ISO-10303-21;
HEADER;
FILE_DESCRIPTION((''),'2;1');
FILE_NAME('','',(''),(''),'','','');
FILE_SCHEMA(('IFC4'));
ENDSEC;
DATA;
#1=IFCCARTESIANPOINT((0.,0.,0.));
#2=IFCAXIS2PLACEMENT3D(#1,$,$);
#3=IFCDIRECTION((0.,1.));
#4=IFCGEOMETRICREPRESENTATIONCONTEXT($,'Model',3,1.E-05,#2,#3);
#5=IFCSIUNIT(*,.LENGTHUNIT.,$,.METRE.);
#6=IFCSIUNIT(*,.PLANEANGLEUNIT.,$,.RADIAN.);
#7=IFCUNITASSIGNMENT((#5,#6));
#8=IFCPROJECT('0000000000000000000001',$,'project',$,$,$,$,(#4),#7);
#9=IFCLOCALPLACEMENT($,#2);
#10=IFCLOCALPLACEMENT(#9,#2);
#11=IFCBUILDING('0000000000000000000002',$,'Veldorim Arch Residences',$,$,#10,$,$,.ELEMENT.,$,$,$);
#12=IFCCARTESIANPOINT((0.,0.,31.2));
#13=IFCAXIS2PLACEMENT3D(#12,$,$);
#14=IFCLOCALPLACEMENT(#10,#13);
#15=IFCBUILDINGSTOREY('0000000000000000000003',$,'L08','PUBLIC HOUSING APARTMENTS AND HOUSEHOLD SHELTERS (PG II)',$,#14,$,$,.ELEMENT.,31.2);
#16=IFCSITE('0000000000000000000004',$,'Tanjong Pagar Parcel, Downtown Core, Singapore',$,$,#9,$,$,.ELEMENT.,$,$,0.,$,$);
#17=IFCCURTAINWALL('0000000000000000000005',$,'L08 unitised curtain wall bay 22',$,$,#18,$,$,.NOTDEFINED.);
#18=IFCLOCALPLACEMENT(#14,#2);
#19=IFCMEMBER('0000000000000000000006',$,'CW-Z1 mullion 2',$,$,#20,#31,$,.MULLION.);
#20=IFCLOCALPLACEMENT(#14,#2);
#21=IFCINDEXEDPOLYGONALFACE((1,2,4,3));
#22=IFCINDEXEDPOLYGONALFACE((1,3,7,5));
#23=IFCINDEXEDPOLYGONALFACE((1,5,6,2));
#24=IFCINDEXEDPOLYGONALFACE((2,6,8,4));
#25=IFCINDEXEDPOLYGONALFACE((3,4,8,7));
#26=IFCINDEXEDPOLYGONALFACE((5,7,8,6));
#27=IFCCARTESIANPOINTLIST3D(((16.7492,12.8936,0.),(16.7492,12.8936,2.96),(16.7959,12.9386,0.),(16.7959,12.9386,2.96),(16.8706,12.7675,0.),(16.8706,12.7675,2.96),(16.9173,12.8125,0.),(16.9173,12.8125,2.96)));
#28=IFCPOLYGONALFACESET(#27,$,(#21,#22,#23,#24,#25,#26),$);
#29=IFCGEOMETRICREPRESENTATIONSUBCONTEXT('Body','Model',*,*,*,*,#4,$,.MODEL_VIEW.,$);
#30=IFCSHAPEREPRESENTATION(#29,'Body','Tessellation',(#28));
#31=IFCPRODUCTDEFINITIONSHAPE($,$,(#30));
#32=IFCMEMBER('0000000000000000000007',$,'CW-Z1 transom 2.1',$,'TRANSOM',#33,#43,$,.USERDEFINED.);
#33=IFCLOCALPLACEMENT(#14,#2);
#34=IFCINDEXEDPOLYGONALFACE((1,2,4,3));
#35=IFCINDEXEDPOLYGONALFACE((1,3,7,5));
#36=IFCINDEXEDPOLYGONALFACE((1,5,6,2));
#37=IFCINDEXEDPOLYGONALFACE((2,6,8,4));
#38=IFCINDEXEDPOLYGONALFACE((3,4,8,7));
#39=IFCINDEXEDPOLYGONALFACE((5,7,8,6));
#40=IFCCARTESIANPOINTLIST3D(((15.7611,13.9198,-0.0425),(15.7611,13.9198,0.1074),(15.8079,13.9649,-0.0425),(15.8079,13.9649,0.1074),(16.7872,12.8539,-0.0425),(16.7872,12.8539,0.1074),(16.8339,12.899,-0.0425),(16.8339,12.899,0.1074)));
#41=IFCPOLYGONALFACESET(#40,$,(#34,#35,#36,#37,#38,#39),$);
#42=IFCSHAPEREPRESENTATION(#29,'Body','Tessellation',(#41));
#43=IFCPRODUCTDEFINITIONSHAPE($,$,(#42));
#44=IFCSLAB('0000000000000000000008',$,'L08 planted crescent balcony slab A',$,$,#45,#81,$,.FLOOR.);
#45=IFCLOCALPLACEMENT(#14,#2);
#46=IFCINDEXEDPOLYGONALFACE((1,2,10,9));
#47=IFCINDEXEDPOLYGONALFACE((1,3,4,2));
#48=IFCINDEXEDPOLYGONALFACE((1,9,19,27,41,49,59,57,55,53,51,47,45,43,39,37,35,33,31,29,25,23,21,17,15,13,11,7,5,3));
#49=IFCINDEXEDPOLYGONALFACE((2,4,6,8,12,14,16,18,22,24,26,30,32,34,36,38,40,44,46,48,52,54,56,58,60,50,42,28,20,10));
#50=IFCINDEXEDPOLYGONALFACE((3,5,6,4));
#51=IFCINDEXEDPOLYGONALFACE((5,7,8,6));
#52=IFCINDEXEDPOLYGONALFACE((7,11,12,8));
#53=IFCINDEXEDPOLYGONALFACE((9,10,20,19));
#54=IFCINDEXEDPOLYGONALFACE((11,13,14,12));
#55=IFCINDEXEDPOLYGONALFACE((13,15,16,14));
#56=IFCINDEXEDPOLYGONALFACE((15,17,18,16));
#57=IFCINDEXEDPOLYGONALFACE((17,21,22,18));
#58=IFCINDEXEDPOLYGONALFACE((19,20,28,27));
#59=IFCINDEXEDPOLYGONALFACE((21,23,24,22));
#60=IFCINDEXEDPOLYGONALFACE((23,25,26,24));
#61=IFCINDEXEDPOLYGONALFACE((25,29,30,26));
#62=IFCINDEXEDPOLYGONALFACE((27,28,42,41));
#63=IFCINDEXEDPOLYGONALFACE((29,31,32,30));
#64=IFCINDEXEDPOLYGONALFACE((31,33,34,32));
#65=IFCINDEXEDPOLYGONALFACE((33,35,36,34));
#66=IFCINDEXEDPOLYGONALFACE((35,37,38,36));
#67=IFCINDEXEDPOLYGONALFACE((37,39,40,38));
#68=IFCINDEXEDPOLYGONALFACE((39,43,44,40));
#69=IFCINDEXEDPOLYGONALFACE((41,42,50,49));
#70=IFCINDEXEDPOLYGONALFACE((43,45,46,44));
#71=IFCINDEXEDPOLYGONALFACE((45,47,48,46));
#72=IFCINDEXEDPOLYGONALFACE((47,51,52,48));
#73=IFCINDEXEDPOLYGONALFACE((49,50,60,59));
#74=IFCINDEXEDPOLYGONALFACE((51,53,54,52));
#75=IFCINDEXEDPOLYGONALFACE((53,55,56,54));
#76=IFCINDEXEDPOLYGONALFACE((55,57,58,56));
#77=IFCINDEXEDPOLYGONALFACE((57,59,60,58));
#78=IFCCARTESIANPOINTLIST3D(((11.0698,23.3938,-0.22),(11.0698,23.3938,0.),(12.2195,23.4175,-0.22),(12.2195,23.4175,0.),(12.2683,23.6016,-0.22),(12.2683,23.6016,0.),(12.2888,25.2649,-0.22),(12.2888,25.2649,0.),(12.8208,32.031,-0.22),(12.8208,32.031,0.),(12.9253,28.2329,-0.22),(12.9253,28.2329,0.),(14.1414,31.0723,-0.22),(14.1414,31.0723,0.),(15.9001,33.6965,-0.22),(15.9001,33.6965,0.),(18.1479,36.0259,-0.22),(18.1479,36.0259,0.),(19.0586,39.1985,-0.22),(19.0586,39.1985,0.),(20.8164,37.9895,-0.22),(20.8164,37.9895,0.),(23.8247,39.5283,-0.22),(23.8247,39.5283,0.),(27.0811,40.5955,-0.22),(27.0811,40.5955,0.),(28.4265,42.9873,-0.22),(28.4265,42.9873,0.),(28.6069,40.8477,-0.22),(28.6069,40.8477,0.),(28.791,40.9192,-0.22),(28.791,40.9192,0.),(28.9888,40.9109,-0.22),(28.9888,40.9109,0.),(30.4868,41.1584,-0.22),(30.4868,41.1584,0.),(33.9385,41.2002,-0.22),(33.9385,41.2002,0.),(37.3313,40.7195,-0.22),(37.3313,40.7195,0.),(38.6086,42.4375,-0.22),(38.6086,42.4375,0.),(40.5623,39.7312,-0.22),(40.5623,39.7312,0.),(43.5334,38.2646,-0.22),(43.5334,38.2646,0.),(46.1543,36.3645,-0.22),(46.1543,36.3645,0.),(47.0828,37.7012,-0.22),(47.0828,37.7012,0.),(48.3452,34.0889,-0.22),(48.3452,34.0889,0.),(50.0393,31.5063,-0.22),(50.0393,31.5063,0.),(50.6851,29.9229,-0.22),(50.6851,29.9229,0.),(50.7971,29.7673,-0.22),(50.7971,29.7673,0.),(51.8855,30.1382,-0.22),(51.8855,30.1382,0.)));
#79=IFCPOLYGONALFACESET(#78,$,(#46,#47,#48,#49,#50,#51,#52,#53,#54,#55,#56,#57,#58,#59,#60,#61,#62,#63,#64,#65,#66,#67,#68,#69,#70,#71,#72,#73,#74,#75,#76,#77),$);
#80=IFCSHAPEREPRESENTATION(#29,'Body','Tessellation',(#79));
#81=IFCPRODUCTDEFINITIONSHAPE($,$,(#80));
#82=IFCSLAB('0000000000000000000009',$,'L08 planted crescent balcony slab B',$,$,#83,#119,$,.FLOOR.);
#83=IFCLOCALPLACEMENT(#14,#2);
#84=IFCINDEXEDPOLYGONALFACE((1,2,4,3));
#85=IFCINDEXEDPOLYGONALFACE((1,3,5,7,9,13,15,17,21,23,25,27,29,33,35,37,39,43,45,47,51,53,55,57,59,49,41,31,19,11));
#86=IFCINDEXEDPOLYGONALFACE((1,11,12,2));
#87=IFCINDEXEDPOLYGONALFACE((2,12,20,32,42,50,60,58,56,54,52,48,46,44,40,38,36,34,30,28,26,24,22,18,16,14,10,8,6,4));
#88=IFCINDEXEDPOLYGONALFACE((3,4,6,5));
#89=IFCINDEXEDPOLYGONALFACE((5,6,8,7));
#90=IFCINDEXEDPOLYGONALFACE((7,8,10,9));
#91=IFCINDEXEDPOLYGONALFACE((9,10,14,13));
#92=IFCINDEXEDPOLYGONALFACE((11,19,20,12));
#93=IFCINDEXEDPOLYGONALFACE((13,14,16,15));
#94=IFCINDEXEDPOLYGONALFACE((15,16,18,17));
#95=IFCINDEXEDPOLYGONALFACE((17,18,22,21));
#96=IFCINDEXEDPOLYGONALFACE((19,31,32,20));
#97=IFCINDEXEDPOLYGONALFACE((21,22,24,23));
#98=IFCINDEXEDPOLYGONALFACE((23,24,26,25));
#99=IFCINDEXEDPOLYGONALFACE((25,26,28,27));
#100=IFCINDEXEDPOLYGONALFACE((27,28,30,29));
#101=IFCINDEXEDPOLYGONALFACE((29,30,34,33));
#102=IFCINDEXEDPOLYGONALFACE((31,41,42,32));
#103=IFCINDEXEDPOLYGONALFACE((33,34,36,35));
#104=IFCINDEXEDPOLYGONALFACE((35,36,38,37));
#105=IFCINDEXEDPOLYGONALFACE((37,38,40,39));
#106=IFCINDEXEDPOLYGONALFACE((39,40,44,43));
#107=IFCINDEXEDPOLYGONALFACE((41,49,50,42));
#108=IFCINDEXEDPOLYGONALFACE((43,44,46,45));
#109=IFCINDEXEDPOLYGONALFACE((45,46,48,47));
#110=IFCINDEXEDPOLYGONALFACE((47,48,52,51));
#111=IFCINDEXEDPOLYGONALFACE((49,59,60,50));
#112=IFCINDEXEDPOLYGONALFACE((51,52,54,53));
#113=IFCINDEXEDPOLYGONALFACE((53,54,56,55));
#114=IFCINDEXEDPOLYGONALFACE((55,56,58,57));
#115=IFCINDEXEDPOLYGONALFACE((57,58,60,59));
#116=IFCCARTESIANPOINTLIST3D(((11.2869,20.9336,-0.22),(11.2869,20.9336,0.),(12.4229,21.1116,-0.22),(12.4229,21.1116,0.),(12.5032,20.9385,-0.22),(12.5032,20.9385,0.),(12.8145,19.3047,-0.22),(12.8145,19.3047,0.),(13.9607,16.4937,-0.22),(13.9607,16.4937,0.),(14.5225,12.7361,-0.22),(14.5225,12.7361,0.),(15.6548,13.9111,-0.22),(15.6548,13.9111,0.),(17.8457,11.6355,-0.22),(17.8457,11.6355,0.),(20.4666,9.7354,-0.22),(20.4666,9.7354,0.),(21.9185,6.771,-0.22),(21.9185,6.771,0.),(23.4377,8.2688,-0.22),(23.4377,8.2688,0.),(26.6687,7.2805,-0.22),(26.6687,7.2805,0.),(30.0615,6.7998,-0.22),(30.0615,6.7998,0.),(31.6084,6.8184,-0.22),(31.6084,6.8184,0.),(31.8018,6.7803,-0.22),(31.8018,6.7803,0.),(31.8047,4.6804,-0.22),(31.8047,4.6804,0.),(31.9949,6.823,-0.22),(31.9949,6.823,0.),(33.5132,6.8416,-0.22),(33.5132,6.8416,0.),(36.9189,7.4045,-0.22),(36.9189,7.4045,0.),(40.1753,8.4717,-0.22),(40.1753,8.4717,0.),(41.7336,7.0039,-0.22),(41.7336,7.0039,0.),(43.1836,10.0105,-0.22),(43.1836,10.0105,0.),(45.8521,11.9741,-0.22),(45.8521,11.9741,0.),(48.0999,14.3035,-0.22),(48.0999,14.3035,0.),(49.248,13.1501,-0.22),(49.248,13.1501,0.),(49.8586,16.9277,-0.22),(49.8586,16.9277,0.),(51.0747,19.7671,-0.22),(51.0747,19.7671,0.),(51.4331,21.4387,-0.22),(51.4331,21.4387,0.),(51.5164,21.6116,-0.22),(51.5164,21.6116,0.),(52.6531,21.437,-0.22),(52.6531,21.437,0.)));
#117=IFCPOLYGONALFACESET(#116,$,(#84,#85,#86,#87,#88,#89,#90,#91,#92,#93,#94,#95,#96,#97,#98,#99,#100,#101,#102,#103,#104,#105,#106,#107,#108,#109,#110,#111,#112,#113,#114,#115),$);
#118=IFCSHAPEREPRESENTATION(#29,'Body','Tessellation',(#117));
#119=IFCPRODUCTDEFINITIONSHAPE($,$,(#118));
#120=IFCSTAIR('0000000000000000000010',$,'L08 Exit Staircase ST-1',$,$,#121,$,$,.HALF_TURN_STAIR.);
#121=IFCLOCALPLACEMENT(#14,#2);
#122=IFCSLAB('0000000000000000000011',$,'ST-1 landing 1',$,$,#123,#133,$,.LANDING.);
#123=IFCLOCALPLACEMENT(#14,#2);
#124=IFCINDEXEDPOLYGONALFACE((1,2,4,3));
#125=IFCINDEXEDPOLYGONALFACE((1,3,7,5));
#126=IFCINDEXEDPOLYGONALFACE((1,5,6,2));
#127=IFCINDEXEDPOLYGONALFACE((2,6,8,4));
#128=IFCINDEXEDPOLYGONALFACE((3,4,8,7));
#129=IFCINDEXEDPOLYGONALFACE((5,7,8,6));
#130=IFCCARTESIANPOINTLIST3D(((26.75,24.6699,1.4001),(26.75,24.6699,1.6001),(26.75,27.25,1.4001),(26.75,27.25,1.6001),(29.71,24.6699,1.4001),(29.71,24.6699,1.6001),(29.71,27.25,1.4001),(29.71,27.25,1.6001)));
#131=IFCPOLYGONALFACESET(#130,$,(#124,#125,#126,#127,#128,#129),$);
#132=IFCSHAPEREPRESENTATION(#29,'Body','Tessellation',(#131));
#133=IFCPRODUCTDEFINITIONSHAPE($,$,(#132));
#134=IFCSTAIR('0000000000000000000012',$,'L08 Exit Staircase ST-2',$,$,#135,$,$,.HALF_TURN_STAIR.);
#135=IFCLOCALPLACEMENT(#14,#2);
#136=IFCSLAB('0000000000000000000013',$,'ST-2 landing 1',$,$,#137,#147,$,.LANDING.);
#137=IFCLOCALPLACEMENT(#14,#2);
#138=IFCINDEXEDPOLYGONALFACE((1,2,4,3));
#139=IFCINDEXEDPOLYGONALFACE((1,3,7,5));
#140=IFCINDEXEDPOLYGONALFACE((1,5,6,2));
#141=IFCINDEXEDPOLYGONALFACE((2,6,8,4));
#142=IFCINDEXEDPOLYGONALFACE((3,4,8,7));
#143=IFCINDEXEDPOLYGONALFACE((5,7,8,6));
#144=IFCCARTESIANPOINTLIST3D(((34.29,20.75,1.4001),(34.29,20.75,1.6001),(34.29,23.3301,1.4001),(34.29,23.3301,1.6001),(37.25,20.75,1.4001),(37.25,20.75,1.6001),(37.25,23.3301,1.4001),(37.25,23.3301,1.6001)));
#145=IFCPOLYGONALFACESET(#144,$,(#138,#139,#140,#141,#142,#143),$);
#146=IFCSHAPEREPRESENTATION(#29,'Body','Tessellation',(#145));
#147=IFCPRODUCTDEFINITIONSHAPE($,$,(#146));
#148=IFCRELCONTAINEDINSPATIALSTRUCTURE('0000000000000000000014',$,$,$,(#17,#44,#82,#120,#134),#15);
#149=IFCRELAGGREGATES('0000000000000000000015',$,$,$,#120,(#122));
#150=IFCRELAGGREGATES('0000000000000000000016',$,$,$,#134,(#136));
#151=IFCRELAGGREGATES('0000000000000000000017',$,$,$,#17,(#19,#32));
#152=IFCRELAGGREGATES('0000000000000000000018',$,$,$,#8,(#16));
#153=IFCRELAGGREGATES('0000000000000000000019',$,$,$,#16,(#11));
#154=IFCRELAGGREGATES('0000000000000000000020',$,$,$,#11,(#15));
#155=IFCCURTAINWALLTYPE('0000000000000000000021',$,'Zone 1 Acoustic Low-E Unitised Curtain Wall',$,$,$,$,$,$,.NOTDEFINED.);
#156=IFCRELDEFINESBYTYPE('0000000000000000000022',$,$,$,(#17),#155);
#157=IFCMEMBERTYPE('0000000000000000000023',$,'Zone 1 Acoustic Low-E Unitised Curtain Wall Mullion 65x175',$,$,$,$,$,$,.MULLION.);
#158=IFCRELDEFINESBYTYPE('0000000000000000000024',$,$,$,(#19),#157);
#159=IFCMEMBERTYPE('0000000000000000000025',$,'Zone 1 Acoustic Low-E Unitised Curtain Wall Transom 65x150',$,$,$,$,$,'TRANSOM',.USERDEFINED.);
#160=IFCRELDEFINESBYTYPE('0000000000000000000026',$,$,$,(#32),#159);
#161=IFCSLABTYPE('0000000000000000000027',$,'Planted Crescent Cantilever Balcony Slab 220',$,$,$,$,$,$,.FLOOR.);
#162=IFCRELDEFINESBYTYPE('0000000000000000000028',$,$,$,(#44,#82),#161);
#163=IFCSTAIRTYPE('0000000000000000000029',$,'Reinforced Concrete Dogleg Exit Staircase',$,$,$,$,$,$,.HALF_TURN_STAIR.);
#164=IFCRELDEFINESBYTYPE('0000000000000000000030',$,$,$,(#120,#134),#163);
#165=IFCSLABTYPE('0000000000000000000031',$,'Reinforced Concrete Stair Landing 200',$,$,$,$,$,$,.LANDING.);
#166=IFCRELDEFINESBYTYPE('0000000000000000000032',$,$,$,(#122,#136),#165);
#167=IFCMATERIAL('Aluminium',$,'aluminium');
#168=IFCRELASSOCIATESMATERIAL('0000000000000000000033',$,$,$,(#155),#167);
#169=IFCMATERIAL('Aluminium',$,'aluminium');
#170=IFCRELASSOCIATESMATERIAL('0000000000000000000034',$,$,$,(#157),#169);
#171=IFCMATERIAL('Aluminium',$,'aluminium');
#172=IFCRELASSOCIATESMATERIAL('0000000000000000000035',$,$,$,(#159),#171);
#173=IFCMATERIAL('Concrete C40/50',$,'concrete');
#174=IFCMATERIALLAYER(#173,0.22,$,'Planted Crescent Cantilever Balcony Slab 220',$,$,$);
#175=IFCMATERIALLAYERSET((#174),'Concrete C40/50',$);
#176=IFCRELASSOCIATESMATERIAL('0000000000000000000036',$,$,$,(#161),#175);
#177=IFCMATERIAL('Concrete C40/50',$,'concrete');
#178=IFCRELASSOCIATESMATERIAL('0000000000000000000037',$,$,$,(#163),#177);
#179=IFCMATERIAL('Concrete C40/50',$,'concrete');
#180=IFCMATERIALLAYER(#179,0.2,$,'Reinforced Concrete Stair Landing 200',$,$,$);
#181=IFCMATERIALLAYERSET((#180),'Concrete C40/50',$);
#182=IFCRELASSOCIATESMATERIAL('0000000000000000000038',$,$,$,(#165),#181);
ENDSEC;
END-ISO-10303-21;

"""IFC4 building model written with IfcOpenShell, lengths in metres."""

from ifc_helpers import new_model, si_unit, direction, frame, origin, origin_2d, place, context, subcontext, project, spatial, polyline, rectangle, outline, extrude, material, layer, layer_set, material_profile, profile_set, type_object, element, aggregate, save


model = new_model("IFC4")

# Units and contexts
model_context = context("Model", 3, precision=1e-05, world=origin(), true_north=direction((0.0, 1.0)))
body_context = subcontext(model_context, "Body", "Model", "MODEL_VIEW")
ifc_project = project(units=[si_unit("LENGTHUNIT", "METRE"), si_unit("PLANEANGLEUNIT", "RADIAN")], contexts=[model_context])

# Site, building, storey
site_placement = place(None, origin())
site = spatial("IfcSite", under=ifc_project, at=site_placement, Name="Tanjong Pagar Parcel, Downtown Core, Singapore", CompositionType="ELEMENT", RefElevation=0.0)
building_placement = place(site_placement, origin())
building = spatial("IfcBuilding", under=site, at=building_placement, Name="Veldorim Arch Residences", CompositionType="ELEMENT")
storey_placement = place(building_placement, frame((0.0, 0.0, 31.2)))
storey = spatial("IfcBuildingStorey", under=building, at=storey_placement, Name="L08", Description="PUBLIC HOUSING APARTMENTS AND HOUSEHOLD SHELTERS (PG II)", CompositionType="ELEMENT", Elevation=31.2)

# Curtain wall, members
ifc_material_1 = material(Name="Aluminium", Category="aluminium")
curtain_wall_type = type_object("IfcCurtainWallType", Name="Zone 1 Acoustic Low-E Unitised Curtain Wall", PredefinedType="NOTDEFINED", material=ifc_material_1)
curtain_wall_placement = place(storey_placement, origin())
curtain_wall = element("IfcCurtainWall", 1, at=curtain_wall_placement, inside=storey, type_object=curtain_wall_type, Name="L08 unitised curtain wall bay 22", PredefinedType="NOTDEFINED")
ifc_material_2 = material(Name="Aluminium", Category="aluminium")
ifc_material_profile_1 = material_profile(ifc_material_2, rectangle(XDim=0.0649, YDim=0.175, at=origin_2d()), Name="ALU_MUL_65x175")
ifc_profile_set_1 = profile_set([ifc_material_profile_1], Name="Aluminium")
member_type_1 = type_object("IfcMemberType", Name="Zone 1 Acoustic Low-E Unitised Curtain Wall Mullion 65x175", PredefinedType="MULLION", material=ifc_profile_set_1)
member_1_placement = place(storey_placement, frame((16.8333, 12.853, 0.0), z_axis=(0.0, 0.0, 1.0), x_axis=(-0.720421, -0.693538, 0.0)))
member_1 = element("IfcMember", 2, at=member_1_placement, type_object=member_type_1, Name="CW-Z1 mullion 2", PredefinedType="MULLION", context=body_context, shape_type="SweptSolid", body=[
    extrude(rectangle(XDim=0.0649, YDim=0.175, at=origin_2d()), origin(), (0.0, 0.0, 1.0), 2.96),
])
ifc_material_3 = material(Name="Aluminium", Category="aluminium")
ifc_material_profile_2 = material_profile(ifc_material_3, rectangle(XDim=0.0649, YDim=0.1499, at=origin_2d()), Name="ALU_TRN_65x150")
ifc_profile_set_2 = profile_set([ifc_material_profile_2], Name="Aluminium")
member_type_2 = type_object("IfcMemberType", Name="Zone 1 Acoustic Low-E Unitised Curtain Wall Transom 65x150", ElementType="TRANSOM", PredefinedType="USERDEFINED", material=ifc_profile_set_2)
member_2_placement = place(storey_placement, frame((16.8105, 12.8765, 0.0325), z_axis=(-0.693531, 0.720427, 0.0), x_axis=(-0.720427, -0.693531, 0.0)))
member_2 = element("IfcMember", 3, at=member_2_placement, type_object=member_type_2, Name="CW-Z1 transom 2.1", ObjectType="TRANSOM", PredefinedType="USERDEFINED", context=body_context, shape_type="SweptSolid", body=[
    extrude(rectangle(XDim=0.0649, YDim=0.1499, at=origin_2d()), origin(), (0.0, 0.0, 1.0), 1.4795),
])

# Slabs
ifc_material_4 = material(Name="Concrete C40/50", Category="concrete")
ifc_layer_1 = layer(ifc_material_4, 0.22, Name="Planted Crescent Cantilever Balcony Slab 220")
ifc_layer_set_1 = layer_set([ifc_layer_1], Name="Concrete C40/50")
slab_type_1 = type_object("IfcSlabType", Name="Planted Crescent Cantilever Balcony Slab 220", PredefinedType="FLOOR", material=ifc_layer_set_1)
slab_1_placement = place(storey_placement, frame((0.0, 0.0, -0.22)))
element("IfcSlab", 4, at=slab_1_placement, inside=storey, type_object=slab_type_1, Name="L08 planted crescent balcony slab A", PredefinedType="FLOOR", context=body_context, shape_type="SweptSolid", body=[
    extrude(outline(polyline([(50.6851, 29.9229), (50.0393, 31.5063), (48.3452, 34.0889), (46.1543, 36.3645), (43.5334, 38.2646), (40.5623, 39.7312), (37.3313, 40.7195), (33.9385, 41.2002), (30.4868, 41.1584), (28.9888, 40.9109), (28.791, 40.9192), (28.6069, 40.8477), (27.0811, 40.5955), (23.8247, 39.5283), (20.8164, 37.9895), (18.1479, 36.0259), (15.9001, 33.6965), (14.1414, 31.0723), (12.9253, 28.2329), (12.2888, 25.2649), (12.2683, 23.6016), (12.2195, 23.4175), (11.0698, 23.3938), (12.8208, 32.031), (19.0586, 39.1985), (28.4265, 42.9873), (38.6086, 42.4375), (47.0828, 37.7012), (51.8855, 30.1382), (50.7971, 29.7673), (50.6851, 29.9229)])), origin(), (0.0, 0.0, 1.0), 0.22),
])
slab_2_placement = place(storey_placement, frame((0.0, 0.0, -0.22)))
element("IfcSlab", 5, at=slab_2_placement, inside=storey, type_object=slab_type_1, Name="L08 planted crescent balcony slab B", PredefinedType="FLOOR", context=body_context, shape_type="SweptSolid", body=[
    extrude(outline(polyline([(12.5032, 20.9385), (12.8145, 19.3047), (13.9607, 16.4937), (15.6548, 13.9111), (17.8457, 11.6355), (20.4666, 9.7354), (23.4377, 8.2688), (26.6687, 7.2805), (30.0615, 6.7998), (31.6084, 6.8184), (31.8018, 6.7803), (31.9949, 6.823), (33.5132, 6.8416), (36.9189, 7.4045), (40.1753, 8.4717), (43.1836, 10.0105), (45.8521, 11.9741), (48.0999, 14.3035), (49.8586, 16.9277), (51.0747, 19.7671), (51.4331, 21.4387), (51.5164, 21.6116), (52.6531, 21.437), (49.248, 13.1501), (41.7336, 7.0039), (31.8047, 4.6804), (21.9185, 6.771), (14.5225, 12.7361), (11.2869, 20.9336), (12.4229, 21.1116), (12.5032, 20.9385)])), origin(), (0.0, 0.0, 1.0), 0.22),
])

# Stairs, slabs
ifc_material_5 = material(Name="Concrete C40/50", Category="concrete")
stair_type = type_object("IfcStairType", Name="Reinforced Concrete Dogleg Exit Staircase", PredefinedType="HALF_TURN_STAIR", material=ifc_material_5)
stair_1_placement = place(storey_placement, origin())
stair_1 = element("IfcStair", 6, at=stair_1_placement, inside=storey, type_object=stair_type, Name="L08 Exit Staircase ST-1", PredefinedType="HALF_TURN_STAIR")
ifc_material_6 = material(Name="Concrete C40/50", Category="concrete")
ifc_layer_2 = layer(ifc_material_6, 0.2, Name="Reinforced Concrete Stair Landing 200")
ifc_layer_set_2 = layer_set([ifc_layer_2], Name="Concrete C40/50")
slab_type_2 = type_object("IfcSlabType", Name="Reinforced Concrete Stair Landing 200", PredefinedType="LANDING", material=ifc_layer_set_2)
slab_3_placement = place(storey_placement, frame((0.0, 0.0, 1.4001)))
slab_3 = element("IfcSlab", 7, at=slab_3_placement, type_object=slab_type_2, Name="ST-1 landing 1", PredefinedType="LANDING", context=body_context, shape_type="SweptSolid", body=[
    extrude(outline(polyline([(29.71, 24.6699), (29.71, 27.25), (26.75, 27.25), (26.75, 24.6699), (29.71, 24.6699)])), origin(), (0.0, 0.0, 1.0), 0.2),
])
aggregate(stair_1, [slab_3])
stair_2_placement = place(storey_placement, origin())
stair_2 = element("IfcStair", 8, at=stair_2_placement, inside=storey, type_object=stair_type, Name="L08 Exit Staircase ST-2", PredefinedType="HALF_TURN_STAIR")
slab_4_placement = place(storey_placement, frame((0.0, 0.0, 1.4001)))
slab_4 = element("IfcSlab", 9, at=slab_4_placement, type_object=slab_type_2, Name="ST-2 landing 1", PredefinedType="LANDING", context=body_context, shape_type="SweptSolid", body=[
    extrude(outline(polyline([(34.29, 23.3301), (34.29, 20.75), (37.25, 20.75), (37.25, 23.3301), (34.29, 23.3301)])), origin(), (0.0, 0.0, 1.0), 0.2),
])
aggregate(stair_2, [slab_4])

aggregate(curtain_wall, [member_1, member_2])

save(model, "model.ifc")
